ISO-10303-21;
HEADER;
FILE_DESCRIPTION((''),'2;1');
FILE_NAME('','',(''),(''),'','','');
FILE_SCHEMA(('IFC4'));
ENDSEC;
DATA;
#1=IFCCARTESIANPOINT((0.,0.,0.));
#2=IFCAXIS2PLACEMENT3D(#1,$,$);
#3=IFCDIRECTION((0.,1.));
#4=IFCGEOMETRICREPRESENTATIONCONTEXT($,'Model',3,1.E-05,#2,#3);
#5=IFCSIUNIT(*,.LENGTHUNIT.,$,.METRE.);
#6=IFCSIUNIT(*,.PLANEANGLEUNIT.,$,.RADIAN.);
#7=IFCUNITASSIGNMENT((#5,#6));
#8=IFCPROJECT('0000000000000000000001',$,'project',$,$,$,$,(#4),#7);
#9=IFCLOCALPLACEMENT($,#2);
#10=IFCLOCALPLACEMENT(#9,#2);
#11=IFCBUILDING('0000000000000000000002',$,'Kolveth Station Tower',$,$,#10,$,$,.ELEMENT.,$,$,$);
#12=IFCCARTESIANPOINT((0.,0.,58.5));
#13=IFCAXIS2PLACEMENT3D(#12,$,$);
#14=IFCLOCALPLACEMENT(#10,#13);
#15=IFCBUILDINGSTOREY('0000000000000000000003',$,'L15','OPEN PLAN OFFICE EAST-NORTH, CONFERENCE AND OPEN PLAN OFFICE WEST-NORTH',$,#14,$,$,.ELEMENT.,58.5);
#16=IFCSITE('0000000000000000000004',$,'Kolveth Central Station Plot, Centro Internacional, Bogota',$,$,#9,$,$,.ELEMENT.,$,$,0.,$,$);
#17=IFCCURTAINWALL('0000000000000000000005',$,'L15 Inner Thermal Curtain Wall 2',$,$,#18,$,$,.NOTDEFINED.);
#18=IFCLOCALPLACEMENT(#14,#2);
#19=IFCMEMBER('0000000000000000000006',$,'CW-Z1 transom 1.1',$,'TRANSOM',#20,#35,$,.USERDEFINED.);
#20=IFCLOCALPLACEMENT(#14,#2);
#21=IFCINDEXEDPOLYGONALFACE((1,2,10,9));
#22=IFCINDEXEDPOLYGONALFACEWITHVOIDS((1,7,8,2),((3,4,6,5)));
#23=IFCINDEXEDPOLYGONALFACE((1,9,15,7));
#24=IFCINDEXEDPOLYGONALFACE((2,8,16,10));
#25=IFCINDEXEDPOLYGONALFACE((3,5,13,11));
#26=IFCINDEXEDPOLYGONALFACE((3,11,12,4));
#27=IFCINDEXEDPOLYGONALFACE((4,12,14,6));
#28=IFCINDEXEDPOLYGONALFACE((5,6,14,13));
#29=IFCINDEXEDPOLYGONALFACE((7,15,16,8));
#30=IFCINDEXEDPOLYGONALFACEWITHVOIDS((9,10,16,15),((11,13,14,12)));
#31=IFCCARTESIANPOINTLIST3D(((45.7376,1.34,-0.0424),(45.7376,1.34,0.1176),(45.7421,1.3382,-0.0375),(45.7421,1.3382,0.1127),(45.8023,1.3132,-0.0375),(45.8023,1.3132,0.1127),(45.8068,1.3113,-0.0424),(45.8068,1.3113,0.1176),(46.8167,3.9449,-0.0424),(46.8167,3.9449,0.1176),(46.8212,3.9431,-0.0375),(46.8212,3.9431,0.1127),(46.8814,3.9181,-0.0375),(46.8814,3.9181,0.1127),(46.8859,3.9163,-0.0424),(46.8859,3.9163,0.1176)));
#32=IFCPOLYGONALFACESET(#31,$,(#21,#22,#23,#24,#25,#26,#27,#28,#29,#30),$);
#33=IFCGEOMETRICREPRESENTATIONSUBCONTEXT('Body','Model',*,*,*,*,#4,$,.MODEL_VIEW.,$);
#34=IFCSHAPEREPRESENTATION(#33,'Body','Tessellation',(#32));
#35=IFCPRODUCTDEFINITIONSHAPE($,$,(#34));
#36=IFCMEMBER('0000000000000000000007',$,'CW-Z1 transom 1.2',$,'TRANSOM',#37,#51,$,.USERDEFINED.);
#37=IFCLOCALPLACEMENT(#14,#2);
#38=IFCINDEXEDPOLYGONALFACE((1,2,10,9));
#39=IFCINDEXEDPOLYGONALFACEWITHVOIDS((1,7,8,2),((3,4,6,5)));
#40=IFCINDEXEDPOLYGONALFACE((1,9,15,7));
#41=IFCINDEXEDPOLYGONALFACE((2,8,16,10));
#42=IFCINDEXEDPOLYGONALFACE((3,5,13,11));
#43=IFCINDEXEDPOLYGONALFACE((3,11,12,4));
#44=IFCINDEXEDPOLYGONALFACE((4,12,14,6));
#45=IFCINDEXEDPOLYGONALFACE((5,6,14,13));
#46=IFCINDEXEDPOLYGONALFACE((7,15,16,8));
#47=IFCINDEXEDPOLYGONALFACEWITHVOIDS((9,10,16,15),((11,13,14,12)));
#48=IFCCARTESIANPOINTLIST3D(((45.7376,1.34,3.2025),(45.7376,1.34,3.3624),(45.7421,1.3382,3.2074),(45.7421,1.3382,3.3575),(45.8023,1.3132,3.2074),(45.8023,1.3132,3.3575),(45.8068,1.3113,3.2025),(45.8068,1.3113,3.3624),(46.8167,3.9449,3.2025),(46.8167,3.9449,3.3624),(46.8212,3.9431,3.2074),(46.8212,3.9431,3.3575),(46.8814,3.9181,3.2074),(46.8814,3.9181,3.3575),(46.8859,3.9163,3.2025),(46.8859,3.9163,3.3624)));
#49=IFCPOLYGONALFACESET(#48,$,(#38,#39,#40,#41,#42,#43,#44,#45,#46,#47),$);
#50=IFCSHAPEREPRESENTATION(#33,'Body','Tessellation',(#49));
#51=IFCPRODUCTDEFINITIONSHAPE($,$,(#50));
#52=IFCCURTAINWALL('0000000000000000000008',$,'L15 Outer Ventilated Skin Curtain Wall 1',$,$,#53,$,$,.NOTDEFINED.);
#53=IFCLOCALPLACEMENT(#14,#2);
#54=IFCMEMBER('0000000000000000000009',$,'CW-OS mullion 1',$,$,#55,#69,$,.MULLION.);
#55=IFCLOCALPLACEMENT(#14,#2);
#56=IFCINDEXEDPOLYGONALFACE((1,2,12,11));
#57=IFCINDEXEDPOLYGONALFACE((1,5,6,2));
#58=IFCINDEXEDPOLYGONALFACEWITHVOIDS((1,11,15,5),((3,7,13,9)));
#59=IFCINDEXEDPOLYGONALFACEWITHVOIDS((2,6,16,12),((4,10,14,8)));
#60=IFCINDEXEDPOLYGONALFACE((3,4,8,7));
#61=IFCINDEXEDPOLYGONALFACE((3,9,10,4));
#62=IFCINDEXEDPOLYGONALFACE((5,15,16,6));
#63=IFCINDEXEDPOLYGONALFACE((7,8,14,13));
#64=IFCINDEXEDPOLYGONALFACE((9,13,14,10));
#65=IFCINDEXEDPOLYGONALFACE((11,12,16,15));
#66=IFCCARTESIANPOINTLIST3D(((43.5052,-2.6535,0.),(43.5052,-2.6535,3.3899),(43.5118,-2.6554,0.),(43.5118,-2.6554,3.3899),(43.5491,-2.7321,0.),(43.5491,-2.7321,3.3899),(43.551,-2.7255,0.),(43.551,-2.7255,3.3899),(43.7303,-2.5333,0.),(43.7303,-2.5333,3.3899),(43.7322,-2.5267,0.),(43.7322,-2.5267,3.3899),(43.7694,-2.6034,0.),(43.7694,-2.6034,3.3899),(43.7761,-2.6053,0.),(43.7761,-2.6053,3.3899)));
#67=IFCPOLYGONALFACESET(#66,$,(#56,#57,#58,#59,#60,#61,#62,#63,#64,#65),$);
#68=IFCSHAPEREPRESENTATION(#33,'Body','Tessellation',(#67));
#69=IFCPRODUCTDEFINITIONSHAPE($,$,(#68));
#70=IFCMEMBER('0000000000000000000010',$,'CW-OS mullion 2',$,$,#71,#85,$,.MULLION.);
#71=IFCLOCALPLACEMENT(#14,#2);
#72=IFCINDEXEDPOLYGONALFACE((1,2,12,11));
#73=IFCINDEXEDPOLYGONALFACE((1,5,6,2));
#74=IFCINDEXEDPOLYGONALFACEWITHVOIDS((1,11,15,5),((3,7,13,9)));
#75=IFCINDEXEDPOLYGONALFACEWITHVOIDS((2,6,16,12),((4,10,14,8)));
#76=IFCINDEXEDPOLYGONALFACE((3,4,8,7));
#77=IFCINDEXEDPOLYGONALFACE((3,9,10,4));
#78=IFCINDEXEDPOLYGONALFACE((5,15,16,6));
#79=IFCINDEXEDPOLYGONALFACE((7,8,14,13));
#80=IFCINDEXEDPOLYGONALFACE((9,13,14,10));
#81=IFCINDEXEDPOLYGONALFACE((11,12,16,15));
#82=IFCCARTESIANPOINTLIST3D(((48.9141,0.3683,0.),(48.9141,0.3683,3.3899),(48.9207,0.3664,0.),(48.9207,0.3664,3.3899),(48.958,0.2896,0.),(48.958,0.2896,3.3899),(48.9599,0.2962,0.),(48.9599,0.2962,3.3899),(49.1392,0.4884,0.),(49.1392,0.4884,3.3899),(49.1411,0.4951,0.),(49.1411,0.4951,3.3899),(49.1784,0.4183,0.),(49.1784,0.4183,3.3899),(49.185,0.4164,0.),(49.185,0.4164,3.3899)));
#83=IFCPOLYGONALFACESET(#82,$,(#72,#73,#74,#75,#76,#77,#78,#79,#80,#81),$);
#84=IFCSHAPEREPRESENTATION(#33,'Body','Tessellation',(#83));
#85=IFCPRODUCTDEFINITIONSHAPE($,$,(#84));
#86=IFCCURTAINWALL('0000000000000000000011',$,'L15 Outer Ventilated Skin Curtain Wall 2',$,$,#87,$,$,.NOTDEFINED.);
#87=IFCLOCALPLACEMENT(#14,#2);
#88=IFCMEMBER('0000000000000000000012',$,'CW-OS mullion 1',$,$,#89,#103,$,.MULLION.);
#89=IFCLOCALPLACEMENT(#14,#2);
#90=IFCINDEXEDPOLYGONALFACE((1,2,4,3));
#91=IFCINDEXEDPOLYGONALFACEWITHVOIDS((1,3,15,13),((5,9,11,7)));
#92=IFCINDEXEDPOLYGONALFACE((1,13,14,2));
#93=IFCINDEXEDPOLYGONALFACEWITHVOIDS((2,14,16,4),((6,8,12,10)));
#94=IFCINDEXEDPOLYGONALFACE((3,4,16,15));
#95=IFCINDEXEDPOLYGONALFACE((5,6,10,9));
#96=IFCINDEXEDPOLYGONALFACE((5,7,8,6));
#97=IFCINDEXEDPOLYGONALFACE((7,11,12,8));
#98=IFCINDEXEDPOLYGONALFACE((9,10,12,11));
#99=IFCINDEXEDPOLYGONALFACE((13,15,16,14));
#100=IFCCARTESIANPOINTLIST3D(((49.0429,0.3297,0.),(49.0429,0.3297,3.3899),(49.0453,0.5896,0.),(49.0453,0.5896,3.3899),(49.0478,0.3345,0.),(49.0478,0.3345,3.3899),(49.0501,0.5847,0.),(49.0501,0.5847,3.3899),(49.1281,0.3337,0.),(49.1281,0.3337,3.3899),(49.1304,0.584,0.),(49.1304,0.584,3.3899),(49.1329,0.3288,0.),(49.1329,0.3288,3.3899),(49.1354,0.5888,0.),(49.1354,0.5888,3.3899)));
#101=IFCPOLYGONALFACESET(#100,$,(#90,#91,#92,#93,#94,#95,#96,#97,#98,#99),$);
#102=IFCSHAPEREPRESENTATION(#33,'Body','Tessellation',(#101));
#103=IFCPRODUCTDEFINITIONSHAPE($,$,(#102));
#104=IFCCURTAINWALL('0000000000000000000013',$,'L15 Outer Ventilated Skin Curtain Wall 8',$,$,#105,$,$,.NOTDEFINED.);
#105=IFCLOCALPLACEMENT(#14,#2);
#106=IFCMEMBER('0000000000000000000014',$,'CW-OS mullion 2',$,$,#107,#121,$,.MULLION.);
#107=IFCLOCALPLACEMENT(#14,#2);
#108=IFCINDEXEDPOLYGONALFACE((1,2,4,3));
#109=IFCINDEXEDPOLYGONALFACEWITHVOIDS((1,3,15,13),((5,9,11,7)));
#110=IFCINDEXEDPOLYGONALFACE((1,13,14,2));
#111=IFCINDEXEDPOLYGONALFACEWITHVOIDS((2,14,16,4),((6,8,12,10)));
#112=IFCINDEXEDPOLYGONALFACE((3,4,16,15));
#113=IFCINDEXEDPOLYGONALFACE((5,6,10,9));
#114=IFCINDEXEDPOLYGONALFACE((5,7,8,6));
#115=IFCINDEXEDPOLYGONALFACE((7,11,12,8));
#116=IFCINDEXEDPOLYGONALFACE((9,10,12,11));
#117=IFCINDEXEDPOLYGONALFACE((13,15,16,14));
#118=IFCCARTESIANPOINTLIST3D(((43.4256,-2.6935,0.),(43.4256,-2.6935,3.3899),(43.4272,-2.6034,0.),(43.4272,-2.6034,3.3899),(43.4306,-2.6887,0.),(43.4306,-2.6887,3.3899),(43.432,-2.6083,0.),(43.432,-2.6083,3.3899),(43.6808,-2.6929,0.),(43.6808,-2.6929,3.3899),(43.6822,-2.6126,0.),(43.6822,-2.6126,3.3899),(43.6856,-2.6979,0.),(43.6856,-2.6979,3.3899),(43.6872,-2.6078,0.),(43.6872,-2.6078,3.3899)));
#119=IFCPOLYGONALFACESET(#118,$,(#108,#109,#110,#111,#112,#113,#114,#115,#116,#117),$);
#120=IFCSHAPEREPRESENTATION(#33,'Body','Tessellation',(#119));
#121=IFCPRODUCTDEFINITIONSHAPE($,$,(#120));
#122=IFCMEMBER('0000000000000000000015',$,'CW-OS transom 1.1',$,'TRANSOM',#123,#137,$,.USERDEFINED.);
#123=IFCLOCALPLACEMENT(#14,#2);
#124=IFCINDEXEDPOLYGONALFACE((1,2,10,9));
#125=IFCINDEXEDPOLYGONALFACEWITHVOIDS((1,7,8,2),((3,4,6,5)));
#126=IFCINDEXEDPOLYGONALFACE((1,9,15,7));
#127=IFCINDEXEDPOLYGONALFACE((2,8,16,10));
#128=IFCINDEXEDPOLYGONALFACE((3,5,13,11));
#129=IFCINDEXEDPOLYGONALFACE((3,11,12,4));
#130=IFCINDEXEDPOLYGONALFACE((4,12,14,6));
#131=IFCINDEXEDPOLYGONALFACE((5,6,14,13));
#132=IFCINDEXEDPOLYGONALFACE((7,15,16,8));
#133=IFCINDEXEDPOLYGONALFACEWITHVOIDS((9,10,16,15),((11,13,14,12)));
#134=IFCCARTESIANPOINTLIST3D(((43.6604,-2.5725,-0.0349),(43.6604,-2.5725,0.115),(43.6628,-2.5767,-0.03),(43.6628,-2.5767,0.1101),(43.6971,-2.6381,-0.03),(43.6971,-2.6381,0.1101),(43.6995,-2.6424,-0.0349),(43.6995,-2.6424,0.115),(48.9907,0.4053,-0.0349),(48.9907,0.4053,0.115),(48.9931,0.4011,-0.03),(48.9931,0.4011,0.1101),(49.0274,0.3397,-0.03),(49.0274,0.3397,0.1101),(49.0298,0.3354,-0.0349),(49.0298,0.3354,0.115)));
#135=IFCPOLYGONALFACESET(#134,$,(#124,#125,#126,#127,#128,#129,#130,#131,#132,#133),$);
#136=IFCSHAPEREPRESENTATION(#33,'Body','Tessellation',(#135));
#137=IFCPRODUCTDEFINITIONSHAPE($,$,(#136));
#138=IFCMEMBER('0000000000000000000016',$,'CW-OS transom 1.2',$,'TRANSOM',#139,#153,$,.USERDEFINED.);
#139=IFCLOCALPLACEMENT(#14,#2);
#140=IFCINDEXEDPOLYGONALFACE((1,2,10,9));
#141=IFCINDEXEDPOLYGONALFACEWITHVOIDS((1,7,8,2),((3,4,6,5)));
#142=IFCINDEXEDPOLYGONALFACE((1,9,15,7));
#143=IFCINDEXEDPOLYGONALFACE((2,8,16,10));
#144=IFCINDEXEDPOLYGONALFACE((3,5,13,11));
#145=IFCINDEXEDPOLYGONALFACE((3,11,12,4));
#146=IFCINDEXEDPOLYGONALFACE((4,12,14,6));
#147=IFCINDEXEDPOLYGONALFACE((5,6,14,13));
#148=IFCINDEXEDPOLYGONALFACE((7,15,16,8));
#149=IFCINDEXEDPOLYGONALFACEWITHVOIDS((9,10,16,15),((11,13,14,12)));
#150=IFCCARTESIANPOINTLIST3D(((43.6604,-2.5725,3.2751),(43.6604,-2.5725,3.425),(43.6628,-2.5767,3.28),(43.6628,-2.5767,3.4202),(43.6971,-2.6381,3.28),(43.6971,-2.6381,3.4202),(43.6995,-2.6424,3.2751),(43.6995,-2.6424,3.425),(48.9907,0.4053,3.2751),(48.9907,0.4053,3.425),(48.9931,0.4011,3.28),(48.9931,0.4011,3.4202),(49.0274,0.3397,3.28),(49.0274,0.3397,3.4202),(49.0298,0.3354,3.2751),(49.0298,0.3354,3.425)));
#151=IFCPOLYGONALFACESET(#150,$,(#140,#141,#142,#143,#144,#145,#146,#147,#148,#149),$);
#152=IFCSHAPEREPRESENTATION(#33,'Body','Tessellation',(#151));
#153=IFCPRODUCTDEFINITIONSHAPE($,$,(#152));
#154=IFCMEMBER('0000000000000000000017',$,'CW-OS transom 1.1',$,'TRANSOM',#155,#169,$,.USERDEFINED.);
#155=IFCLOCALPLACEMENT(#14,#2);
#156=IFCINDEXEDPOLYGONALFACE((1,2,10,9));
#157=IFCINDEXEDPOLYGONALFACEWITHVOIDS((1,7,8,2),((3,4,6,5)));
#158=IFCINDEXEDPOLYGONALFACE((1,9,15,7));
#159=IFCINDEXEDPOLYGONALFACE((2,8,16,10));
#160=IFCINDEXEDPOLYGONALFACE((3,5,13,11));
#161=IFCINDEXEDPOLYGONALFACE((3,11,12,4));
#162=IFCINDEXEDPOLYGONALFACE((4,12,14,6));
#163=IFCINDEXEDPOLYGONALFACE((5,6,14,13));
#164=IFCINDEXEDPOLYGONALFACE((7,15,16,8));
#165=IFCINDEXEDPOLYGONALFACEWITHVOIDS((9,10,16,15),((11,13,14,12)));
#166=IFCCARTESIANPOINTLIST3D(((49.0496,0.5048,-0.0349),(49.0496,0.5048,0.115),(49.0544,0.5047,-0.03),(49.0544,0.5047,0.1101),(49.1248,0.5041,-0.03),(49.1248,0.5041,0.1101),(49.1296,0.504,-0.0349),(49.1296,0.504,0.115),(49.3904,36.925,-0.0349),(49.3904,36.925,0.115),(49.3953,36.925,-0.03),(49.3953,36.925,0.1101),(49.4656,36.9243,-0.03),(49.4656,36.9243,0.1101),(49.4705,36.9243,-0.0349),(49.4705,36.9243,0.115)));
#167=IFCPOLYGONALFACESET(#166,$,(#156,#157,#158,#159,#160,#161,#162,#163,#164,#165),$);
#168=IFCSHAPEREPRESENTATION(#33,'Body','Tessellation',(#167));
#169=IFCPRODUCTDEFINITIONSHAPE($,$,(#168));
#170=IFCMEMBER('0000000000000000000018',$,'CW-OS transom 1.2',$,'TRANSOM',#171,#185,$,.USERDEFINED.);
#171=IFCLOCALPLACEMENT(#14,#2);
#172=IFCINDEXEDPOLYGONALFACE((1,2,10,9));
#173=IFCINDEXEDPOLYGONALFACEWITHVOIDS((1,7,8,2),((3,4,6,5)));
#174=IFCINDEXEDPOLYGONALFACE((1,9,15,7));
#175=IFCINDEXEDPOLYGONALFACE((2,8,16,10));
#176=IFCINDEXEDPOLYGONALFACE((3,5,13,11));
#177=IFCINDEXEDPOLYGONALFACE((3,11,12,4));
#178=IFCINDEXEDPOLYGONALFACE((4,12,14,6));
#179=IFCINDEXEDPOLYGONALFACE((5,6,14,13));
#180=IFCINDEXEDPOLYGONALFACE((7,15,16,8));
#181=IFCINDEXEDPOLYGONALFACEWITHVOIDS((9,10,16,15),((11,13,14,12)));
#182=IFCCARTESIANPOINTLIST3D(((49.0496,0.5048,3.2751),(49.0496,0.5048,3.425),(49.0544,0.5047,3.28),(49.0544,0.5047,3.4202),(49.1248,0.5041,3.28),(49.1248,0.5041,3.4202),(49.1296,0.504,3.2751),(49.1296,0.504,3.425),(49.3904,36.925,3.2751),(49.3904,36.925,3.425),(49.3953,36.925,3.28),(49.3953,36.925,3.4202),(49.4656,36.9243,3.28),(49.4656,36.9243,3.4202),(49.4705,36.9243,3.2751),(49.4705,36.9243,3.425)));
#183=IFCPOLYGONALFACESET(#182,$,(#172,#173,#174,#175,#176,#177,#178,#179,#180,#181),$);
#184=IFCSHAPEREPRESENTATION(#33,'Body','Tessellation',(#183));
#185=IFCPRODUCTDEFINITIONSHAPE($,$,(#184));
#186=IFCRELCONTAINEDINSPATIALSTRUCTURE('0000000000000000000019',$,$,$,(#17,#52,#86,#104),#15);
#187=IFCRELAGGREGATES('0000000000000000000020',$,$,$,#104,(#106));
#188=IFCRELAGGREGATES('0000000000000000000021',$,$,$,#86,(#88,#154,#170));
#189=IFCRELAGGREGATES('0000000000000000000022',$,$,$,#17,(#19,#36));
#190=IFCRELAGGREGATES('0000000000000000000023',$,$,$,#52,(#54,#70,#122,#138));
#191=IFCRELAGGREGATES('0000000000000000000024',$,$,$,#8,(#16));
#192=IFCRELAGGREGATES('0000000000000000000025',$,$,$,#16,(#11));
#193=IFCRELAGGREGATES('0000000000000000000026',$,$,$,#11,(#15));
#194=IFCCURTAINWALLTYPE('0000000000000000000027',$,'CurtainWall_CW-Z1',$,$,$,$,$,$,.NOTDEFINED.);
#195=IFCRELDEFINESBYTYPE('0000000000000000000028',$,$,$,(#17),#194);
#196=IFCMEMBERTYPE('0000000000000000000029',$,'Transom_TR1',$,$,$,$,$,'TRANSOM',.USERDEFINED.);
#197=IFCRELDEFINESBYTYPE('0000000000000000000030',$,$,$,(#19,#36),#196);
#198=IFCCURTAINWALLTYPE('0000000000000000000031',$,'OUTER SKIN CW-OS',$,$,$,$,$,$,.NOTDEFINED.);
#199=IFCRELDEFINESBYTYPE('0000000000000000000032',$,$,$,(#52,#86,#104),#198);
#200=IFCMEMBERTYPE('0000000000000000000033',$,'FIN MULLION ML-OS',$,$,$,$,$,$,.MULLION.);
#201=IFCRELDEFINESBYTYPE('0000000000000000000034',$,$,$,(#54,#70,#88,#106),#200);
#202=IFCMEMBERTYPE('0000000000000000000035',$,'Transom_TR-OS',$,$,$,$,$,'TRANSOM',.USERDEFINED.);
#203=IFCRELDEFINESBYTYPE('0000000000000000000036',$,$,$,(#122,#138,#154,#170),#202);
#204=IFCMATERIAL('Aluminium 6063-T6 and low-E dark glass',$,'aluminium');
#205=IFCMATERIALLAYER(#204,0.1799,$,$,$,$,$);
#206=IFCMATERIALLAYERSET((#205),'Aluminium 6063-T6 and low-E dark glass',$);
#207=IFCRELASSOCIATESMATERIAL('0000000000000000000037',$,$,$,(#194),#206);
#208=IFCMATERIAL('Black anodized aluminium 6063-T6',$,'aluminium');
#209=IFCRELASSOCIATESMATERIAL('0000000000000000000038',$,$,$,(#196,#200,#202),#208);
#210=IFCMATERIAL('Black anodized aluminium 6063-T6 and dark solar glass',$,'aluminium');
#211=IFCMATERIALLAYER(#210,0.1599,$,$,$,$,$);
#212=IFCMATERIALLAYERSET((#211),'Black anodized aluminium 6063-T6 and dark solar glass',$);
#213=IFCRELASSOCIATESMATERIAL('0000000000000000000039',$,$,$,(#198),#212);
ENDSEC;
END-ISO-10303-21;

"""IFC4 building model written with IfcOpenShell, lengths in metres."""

from ifc_helpers import new_model, si_unit, direction, frame, origin, origin_2d, place, context, subcontext, project, spatial, hollow_rectangle, extrude, source, transform, mapped, material, layer, layer_set, material_profile, profile_set, type_object, element, aggregate, save


model = new_model("IFC4")

# Units and contexts
model_context = context("Model", 3, precision=1e-05, world=origin(), true_north=direction((0.0, 1.0)))
body_context = subcontext(model_context, "Body", "Model", "MODEL_VIEW")
ifc_project = project(units=[si_unit("LENGTHUNIT", "METRE"), si_unit("PLANEANGLEUNIT", "RADIAN")], contexts=[model_context])

# Site, building, storey
site_placement = place(None, origin())
site = spatial("IfcSite", under=ifc_project, at=site_placement, Name="Kolveth Central Station Plot, Centro Internacional, Bogota", CompositionType="ELEMENT", RefElevation=0.0)
building_placement = place(site_placement, origin())
building = spatial("IfcBuilding", under=site, at=building_placement, Name="Kolveth Station Tower", CompositionType="ELEMENT")
storey_placement = place(building_placement, frame((0.0, 0.0, 58.5)))
storey = spatial("IfcBuildingStorey", under=building, at=storey_placement, Name="L15", Description="OPEN PLAN OFFICE EAST-NORTH, CONFERENCE AND OPEN PLAN OFFICE WEST-NORTH", CompositionType="ELEMENT", Elevation=58.5)

# Shared definitions
ifc_material_1 = material(Name="Aluminium 6063-T6 and low-E dark glass", Category="aluminium")
ifc_layer_1 = layer(ifc_material_1, 0.1799)
ifc_layer_set_1 = layer_set([ifc_layer_1], Name="Aluminium 6063-T6 and low-E dark glass")
curtain_wall_type_1 = type_object("IfcCurtainWallType", Name="CurtainWall_CW-Z1", PredefinedType="NOTDEFINED", material=ifc_layer_set_1)
ifc_material_2 = material(Name="Black anodized aluminium 6063-T6", Category="aluminium")

# Curtain wall
curtain_wall_1_placement = place(storey_placement, origin())
curtain_wall_1 = element("IfcCurtainWall", 1, at=curtain_wall_1_placement, inside=storey, type_object=curtain_wall_type_1, Name="L15 Inner Thermal Curtain Wall 2", PredefinedType="NOTDEFINED")

# Members
ifc_material_profile_1 = material_profile(ifc_material_2, hollow_rectangle(XDim=0.075, YDim=0.1599, WallThickness=0.0049, at=origin_2d()), Name="ALU-75x160x5")
ifc_profile_set_1 = profile_set([ifc_material_profile_1], Name="Black anodized aluminium 6063-T6")
member_type_1 = type_object("IfcMemberType", Name="Transom_TR1", ElementType="TRANSOM", PredefinedType="USERDEFINED", material=ifc_profile_set_1)
shared_shape_1 = source(origin(), body_context, "Body", "SweptSolid", [
    extrude(hollow_rectangle(XDim=0.075, YDim=0.1599, WallThickness=0.0049, at=origin_2d()), origin(), (0.0, 0.0, 1.0), 2.8196),
])
member_1_placement = place(storey_placement, frame((45.7722, 1.3257, 0.0376), z_axis=(0.382709, 0.923869, 0.0), x_axis=(-0.923869, 0.382709, 0.0)))
member_1 = element("IfcMember", 2, at=member_1_placement, type_object=member_type_1, Name="CW-Z1 transom 1.1", ObjectType="TRANSOM", PredefinedType="USERDEFINED", context=body_context, shape_type="MappedRepresentation", body=[
    mapped(shared_shape_1, transform((0.0, 0.0, 0.0), x_axis=(1.0, 0.0, 0.0), y_axis=(0.0, 1.0, 0.0), z_axis=(0.0, 0.0, 1.0), scale=1.0)),
])
member_2_placement = place(storey_placement, frame((45.7722, 1.3257, 3.2825), z_axis=(0.382709, 0.923869, 0.0), x_axis=(-0.923869, 0.382709, 0.0)))
member_2 = element("IfcMember", 3, at=member_2_placement, type_object=member_type_1, Name="CW-Z1 transom 1.2", ObjectType="TRANSOM", PredefinedType="USERDEFINED", context=body_context, shape_type="MappedRepresentation", body=[
    mapped(shared_shape_1, transform((0.0, 0.0, 0.0), x_axis=(1.0, 0.0, 0.0), y_axis=(0.0, 1.0, 0.0), z_axis=(0.0, 0.0, 1.0), scale=1.0)),
])

# Curtain wall, members
ifc_material_3 = material(Name="Black anodized aluminium 6063-T6 and dark solar glass", Category="aluminium")
ifc_layer_2 = layer(ifc_material_3, 0.1599)
ifc_layer_set_2 = layer_set([ifc_layer_2], Name="Black anodized aluminium 6063-T6 and dark solar glass")
curtain_wall_type_2 = type_object("IfcCurtainWallType", Name="OUTER SKIN CW-OS", PredefinedType="NOTDEFINED", material=ifc_layer_set_2)
curtain_wall_2_placement = place(storey_placement, origin())
curtain_wall_2 = element("IfcCurtainWall", 4, at=curtain_wall_2_placement, inside=storey, type_object=curtain_wall_type_2, Name="L15 Outer Ventilated Skin Curtain Wall 1", PredefinedType="NOTDEFINED")
ifc_material_profile_2 = material_profile(ifc_material_2, hollow_rectangle(XDim=0.0901, YDim=0.26, WallThickness=0.0049, at=origin_2d()), Name="ALU-90x260x5")
ifc_profile_set_2 = profile_set([ifc_material_profile_2], Name="Black anodized aluminium 6063-T6")
member_type_2 = type_object("IfcMemberType", Name="FIN MULLION ML-OS", PredefinedType="MULLION", material=ifc_profile_set_2)
shared_shape_2 = source(origin(), body_context, "Body", "SweptSolid", [
    extrude(hollow_rectangle(XDim=0.0901, YDim=0.26, WallThickness=0.0049, at=origin_2d()), origin(), (0.0, 0.0, 1.0), 3.3899),
])
member_3_placement = place(storey_placement, frame((43.6406, -2.6294, 0.0), z_axis=(0.0, 0.0, 1.0), x_axis=(-0.487714, 0.873004, 0.0)))
member_3 = element("IfcMember", 5, at=member_3_placement, type_object=member_type_2, Name="CW-OS mullion 1", PredefinedType="MULLION", context=body_context, shape_type="MappedRepresentation", body=[
    mapped(shared_shape_2, transform((0.0, 0.0, 0.0), x_axis=(1.0, 0.0, 0.0), y_axis=(0.0, 1.0, 0.0), z_axis=(0.0, 0.0, 1.0), scale=1.0)),
])
member_4_placement = place(storey_placement, frame((49.0496, 0.3923, 0.0), z_axis=(0.0, 0.0, 1.0), x_axis=(-0.487714, 0.873004, 0.0)))
member_4 = element("IfcMember", 6, at=member_4_placement, type_object=member_type_2, Name="CW-OS mullion 2", PredefinedType="MULLION", context=body_context, shape_type="MappedRepresentation", body=[
    mapped(shared_shape_2, transform((0.0, 0.0, 0.0), x_axis=(1.0, 0.0, 0.0), y_axis=(0.0, 1.0, 0.0), z_axis=(0.0, 0.0, 1.0), scale=1.0)),
])

# Curtain walls, members
curtain_wall_3_placement = place(storey_placement, origin())
curtain_wall_3 = element("IfcCurtainWall", 7, at=curtain_wall_3_placement, inside=storey, type_object=curtain_wall_type_2, Name="L15 Outer Ventilated Skin Curtain Wall 2", PredefinedType="NOTDEFINED")
member_5_placement = place(storey_placement, frame((49.0891, 0.4592, 0.0), z_axis=(0.0, 0.0, 1.0), x_axis=(-0.999956, 0.009355, 0.0)))
member_5 = element("IfcMember", 8, at=member_5_placement, type_object=member_type_2, Name="CW-OS mullion 1", PredefinedType="MULLION", context=body_context, shape_type="MappedRepresentation", body=[
    mapped(shared_shape_2, transform((0.0, 0.0, 0.0), x_axis=(1.0, 0.0, 0.0), y_axis=(0.0, 1.0, 0.0), z_axis=(0.0, 0.0, 1.0), scale=1.0)),
])
curtain_wall_4_placement = place(storey_placement, origin())
curtain_wall_4 = element("IfcCurtainWall", 9, at=curtain_wall_4_placement, inside=storey, type_object=curtain_wall_type_2, Name="L15 Outer Ventilated Skin Curtain Wall 8", PredefinedType="NOTDEFINED")
member_6_placement = place(storey_placement, frame((43.5564, -2.6506, 0.0), z_axis=(0.0, 0.0, 1.0), x_axis=(0.017078, 0.999854, 0.0)))
member_6 = element("IfcMember", 10, at=member_6_placement, type_object=member_type_2, Name="CW-OS mullion 2", PredefinedType="MULLION", context=body_context, shape_type="MappedRepresentation", body=[
    mapped(shared_shape_2, transform((0.0, 0.0, 0.0), x_axis=(1.0, 0.0, 0.0), y_axis=(0.0, 1.0, 0.0), z_axis=(0.0, 0.0, 1.0), scale=1.0)),
])
aggregate(curtain_wall_4, [member_6])

# Members
ifc_material_profile_3 = material_profile(ifc_material_2, hollow_rectangle(XDim=0.0801, YDim=0.1499, WallThickness=0.0049, at=origin_2d()), Name="ALU-80x150x5")
ifc_profile_set_3 = profile_set([ifc_material_profile_3], Name="Black anodized aluminium 6063-T6")
member_type_3 = type_object("IfcMemberType", Name="Transom_TR-OS", ElementType="TRANSOM", PredefinedType="USERDEFINED", material=ifc_profile_set_3)
shared_shape_3 = source(origin(), body_context, "Body", "SweptSolid", [
    extrude(hollow_rectangle(XDim=0.0801, YDim=0.1499, WallThickness=0.0049, at=origin_2d()), origin(), (0.0, 0.0, 1.0), 6.1057),
])
member_7_placement = place(storey_placement, frame((43.6799, -2.6074, 0.04), z_axis=(0.873008, 0.487706, 0.0), x_axis=(-0.487706, 0.873008, 0.0)))
member_7 = element("IfcMember", 11, at=member_7_placement, type_object=member_type_3, Name="CW-OS transom 1.1", ObjectType="TRANSOM", PredefinedType="USERDEFINED", context=body_context, shape_type="MappedRepresentation", body=[
    mapped(shared_shape_3, transform((0.0, 0.0, 0.0), x_axis=(1.0, 0.0, 0.0), y_axis=(0.0, 1.0, 0.0), z_axis=(0.0, 0.0, 1.0), scale=1.0)),
])
member_8_placement = place(storey_placement, frame((43.6799, -2.6074, 3.3501), z_axis=(0.873008, 0.487706, 0.0), x_axis=(-0.487706, 0.873008, 0.0)))
member_8 = element("IfcMember", 12, at=member_8_placement, type_object=member_type_3, Name="CW-OS transom 1.2", ObjectType="TRANSOM", PredefinedType="USERDEFINED", context=body_context, shape_type="MappedRepresentation", body=[
    mapped(shared_shape_3, transform((0.0, 0.0, 0.0), x_axis=(1.0, 0.0, 0.0), y_axis=(0.0, 1.0, 0.0), z_axis=(0.0, 0.0, 1.0), scale=1.0)),
])
shared_shape_4 = source(origin(), body_context, "Body", "SweptSolid", [
    extrude(hollow_rectangle(XDim=0.0801, YDim=0.1499, WallThickness=0.0049, at=origin_2d()), origin(), (0.0, 0.0, 1.0), 36.4219),
])
member_9_placement = place(storey_placement, frame((49.0896, 0.5044, 0.04), z_axis=(0.009358, 0.999956, 0.0), x_axis=(-0.999956, 0.009358, 0.0)))
member_9 = element("IfcMember", 13, at=member_9_placement, type_object=member_type_3, Name="CW-OS transom 1.1", ObjectType="TRANSOM", PredefinedType="USERDEFINED", context=body_context, shape_type="MappedRepresentation", body=[
    mapped(shared_shape_4, transform((0.0, 0.0, 0.0), x_axis=(1.0, 0.0, 0.0), y_axis=(0.0, 1.0, 0.0), z_axis=(0.0, 0.0, 1.0), scale=1.0)),
])
member_10_placement = place(storey_placement, frame((49.0896, 0.5044, 3.3501), z_axis=(0.009358, 0.999956, 0.0), x_axis=(-0.999956, 0.009358, 0.0)))
member_10 = element("IfcMember", 14, at=member_10_placement, type_object=member_type_3, Name="CW-OS transom 1.2", ObjectType="TRANSOM", PredefinedType="USERDEFINED", context=body_context, shape_type="MappedRepresentation", body=[
    mapped(shared_shape_4, transform((0.0, 0.0, 0.0), x_axis=(1.0, 0.0, 0.0), y_axis=(0.0, 1.0, 0.0), z_axis=(0.0, 0.0, 1.0), scale=1.0)),
])
aggregate(curtain_wall_3, [member_5, member_9, member_10])

aggregate(curtain_wall_1, [member_1, member_2])
aggregate(curtain_wall_2, [member_3, member_4, member_7, member_8])

save(model, "model.ifc")
